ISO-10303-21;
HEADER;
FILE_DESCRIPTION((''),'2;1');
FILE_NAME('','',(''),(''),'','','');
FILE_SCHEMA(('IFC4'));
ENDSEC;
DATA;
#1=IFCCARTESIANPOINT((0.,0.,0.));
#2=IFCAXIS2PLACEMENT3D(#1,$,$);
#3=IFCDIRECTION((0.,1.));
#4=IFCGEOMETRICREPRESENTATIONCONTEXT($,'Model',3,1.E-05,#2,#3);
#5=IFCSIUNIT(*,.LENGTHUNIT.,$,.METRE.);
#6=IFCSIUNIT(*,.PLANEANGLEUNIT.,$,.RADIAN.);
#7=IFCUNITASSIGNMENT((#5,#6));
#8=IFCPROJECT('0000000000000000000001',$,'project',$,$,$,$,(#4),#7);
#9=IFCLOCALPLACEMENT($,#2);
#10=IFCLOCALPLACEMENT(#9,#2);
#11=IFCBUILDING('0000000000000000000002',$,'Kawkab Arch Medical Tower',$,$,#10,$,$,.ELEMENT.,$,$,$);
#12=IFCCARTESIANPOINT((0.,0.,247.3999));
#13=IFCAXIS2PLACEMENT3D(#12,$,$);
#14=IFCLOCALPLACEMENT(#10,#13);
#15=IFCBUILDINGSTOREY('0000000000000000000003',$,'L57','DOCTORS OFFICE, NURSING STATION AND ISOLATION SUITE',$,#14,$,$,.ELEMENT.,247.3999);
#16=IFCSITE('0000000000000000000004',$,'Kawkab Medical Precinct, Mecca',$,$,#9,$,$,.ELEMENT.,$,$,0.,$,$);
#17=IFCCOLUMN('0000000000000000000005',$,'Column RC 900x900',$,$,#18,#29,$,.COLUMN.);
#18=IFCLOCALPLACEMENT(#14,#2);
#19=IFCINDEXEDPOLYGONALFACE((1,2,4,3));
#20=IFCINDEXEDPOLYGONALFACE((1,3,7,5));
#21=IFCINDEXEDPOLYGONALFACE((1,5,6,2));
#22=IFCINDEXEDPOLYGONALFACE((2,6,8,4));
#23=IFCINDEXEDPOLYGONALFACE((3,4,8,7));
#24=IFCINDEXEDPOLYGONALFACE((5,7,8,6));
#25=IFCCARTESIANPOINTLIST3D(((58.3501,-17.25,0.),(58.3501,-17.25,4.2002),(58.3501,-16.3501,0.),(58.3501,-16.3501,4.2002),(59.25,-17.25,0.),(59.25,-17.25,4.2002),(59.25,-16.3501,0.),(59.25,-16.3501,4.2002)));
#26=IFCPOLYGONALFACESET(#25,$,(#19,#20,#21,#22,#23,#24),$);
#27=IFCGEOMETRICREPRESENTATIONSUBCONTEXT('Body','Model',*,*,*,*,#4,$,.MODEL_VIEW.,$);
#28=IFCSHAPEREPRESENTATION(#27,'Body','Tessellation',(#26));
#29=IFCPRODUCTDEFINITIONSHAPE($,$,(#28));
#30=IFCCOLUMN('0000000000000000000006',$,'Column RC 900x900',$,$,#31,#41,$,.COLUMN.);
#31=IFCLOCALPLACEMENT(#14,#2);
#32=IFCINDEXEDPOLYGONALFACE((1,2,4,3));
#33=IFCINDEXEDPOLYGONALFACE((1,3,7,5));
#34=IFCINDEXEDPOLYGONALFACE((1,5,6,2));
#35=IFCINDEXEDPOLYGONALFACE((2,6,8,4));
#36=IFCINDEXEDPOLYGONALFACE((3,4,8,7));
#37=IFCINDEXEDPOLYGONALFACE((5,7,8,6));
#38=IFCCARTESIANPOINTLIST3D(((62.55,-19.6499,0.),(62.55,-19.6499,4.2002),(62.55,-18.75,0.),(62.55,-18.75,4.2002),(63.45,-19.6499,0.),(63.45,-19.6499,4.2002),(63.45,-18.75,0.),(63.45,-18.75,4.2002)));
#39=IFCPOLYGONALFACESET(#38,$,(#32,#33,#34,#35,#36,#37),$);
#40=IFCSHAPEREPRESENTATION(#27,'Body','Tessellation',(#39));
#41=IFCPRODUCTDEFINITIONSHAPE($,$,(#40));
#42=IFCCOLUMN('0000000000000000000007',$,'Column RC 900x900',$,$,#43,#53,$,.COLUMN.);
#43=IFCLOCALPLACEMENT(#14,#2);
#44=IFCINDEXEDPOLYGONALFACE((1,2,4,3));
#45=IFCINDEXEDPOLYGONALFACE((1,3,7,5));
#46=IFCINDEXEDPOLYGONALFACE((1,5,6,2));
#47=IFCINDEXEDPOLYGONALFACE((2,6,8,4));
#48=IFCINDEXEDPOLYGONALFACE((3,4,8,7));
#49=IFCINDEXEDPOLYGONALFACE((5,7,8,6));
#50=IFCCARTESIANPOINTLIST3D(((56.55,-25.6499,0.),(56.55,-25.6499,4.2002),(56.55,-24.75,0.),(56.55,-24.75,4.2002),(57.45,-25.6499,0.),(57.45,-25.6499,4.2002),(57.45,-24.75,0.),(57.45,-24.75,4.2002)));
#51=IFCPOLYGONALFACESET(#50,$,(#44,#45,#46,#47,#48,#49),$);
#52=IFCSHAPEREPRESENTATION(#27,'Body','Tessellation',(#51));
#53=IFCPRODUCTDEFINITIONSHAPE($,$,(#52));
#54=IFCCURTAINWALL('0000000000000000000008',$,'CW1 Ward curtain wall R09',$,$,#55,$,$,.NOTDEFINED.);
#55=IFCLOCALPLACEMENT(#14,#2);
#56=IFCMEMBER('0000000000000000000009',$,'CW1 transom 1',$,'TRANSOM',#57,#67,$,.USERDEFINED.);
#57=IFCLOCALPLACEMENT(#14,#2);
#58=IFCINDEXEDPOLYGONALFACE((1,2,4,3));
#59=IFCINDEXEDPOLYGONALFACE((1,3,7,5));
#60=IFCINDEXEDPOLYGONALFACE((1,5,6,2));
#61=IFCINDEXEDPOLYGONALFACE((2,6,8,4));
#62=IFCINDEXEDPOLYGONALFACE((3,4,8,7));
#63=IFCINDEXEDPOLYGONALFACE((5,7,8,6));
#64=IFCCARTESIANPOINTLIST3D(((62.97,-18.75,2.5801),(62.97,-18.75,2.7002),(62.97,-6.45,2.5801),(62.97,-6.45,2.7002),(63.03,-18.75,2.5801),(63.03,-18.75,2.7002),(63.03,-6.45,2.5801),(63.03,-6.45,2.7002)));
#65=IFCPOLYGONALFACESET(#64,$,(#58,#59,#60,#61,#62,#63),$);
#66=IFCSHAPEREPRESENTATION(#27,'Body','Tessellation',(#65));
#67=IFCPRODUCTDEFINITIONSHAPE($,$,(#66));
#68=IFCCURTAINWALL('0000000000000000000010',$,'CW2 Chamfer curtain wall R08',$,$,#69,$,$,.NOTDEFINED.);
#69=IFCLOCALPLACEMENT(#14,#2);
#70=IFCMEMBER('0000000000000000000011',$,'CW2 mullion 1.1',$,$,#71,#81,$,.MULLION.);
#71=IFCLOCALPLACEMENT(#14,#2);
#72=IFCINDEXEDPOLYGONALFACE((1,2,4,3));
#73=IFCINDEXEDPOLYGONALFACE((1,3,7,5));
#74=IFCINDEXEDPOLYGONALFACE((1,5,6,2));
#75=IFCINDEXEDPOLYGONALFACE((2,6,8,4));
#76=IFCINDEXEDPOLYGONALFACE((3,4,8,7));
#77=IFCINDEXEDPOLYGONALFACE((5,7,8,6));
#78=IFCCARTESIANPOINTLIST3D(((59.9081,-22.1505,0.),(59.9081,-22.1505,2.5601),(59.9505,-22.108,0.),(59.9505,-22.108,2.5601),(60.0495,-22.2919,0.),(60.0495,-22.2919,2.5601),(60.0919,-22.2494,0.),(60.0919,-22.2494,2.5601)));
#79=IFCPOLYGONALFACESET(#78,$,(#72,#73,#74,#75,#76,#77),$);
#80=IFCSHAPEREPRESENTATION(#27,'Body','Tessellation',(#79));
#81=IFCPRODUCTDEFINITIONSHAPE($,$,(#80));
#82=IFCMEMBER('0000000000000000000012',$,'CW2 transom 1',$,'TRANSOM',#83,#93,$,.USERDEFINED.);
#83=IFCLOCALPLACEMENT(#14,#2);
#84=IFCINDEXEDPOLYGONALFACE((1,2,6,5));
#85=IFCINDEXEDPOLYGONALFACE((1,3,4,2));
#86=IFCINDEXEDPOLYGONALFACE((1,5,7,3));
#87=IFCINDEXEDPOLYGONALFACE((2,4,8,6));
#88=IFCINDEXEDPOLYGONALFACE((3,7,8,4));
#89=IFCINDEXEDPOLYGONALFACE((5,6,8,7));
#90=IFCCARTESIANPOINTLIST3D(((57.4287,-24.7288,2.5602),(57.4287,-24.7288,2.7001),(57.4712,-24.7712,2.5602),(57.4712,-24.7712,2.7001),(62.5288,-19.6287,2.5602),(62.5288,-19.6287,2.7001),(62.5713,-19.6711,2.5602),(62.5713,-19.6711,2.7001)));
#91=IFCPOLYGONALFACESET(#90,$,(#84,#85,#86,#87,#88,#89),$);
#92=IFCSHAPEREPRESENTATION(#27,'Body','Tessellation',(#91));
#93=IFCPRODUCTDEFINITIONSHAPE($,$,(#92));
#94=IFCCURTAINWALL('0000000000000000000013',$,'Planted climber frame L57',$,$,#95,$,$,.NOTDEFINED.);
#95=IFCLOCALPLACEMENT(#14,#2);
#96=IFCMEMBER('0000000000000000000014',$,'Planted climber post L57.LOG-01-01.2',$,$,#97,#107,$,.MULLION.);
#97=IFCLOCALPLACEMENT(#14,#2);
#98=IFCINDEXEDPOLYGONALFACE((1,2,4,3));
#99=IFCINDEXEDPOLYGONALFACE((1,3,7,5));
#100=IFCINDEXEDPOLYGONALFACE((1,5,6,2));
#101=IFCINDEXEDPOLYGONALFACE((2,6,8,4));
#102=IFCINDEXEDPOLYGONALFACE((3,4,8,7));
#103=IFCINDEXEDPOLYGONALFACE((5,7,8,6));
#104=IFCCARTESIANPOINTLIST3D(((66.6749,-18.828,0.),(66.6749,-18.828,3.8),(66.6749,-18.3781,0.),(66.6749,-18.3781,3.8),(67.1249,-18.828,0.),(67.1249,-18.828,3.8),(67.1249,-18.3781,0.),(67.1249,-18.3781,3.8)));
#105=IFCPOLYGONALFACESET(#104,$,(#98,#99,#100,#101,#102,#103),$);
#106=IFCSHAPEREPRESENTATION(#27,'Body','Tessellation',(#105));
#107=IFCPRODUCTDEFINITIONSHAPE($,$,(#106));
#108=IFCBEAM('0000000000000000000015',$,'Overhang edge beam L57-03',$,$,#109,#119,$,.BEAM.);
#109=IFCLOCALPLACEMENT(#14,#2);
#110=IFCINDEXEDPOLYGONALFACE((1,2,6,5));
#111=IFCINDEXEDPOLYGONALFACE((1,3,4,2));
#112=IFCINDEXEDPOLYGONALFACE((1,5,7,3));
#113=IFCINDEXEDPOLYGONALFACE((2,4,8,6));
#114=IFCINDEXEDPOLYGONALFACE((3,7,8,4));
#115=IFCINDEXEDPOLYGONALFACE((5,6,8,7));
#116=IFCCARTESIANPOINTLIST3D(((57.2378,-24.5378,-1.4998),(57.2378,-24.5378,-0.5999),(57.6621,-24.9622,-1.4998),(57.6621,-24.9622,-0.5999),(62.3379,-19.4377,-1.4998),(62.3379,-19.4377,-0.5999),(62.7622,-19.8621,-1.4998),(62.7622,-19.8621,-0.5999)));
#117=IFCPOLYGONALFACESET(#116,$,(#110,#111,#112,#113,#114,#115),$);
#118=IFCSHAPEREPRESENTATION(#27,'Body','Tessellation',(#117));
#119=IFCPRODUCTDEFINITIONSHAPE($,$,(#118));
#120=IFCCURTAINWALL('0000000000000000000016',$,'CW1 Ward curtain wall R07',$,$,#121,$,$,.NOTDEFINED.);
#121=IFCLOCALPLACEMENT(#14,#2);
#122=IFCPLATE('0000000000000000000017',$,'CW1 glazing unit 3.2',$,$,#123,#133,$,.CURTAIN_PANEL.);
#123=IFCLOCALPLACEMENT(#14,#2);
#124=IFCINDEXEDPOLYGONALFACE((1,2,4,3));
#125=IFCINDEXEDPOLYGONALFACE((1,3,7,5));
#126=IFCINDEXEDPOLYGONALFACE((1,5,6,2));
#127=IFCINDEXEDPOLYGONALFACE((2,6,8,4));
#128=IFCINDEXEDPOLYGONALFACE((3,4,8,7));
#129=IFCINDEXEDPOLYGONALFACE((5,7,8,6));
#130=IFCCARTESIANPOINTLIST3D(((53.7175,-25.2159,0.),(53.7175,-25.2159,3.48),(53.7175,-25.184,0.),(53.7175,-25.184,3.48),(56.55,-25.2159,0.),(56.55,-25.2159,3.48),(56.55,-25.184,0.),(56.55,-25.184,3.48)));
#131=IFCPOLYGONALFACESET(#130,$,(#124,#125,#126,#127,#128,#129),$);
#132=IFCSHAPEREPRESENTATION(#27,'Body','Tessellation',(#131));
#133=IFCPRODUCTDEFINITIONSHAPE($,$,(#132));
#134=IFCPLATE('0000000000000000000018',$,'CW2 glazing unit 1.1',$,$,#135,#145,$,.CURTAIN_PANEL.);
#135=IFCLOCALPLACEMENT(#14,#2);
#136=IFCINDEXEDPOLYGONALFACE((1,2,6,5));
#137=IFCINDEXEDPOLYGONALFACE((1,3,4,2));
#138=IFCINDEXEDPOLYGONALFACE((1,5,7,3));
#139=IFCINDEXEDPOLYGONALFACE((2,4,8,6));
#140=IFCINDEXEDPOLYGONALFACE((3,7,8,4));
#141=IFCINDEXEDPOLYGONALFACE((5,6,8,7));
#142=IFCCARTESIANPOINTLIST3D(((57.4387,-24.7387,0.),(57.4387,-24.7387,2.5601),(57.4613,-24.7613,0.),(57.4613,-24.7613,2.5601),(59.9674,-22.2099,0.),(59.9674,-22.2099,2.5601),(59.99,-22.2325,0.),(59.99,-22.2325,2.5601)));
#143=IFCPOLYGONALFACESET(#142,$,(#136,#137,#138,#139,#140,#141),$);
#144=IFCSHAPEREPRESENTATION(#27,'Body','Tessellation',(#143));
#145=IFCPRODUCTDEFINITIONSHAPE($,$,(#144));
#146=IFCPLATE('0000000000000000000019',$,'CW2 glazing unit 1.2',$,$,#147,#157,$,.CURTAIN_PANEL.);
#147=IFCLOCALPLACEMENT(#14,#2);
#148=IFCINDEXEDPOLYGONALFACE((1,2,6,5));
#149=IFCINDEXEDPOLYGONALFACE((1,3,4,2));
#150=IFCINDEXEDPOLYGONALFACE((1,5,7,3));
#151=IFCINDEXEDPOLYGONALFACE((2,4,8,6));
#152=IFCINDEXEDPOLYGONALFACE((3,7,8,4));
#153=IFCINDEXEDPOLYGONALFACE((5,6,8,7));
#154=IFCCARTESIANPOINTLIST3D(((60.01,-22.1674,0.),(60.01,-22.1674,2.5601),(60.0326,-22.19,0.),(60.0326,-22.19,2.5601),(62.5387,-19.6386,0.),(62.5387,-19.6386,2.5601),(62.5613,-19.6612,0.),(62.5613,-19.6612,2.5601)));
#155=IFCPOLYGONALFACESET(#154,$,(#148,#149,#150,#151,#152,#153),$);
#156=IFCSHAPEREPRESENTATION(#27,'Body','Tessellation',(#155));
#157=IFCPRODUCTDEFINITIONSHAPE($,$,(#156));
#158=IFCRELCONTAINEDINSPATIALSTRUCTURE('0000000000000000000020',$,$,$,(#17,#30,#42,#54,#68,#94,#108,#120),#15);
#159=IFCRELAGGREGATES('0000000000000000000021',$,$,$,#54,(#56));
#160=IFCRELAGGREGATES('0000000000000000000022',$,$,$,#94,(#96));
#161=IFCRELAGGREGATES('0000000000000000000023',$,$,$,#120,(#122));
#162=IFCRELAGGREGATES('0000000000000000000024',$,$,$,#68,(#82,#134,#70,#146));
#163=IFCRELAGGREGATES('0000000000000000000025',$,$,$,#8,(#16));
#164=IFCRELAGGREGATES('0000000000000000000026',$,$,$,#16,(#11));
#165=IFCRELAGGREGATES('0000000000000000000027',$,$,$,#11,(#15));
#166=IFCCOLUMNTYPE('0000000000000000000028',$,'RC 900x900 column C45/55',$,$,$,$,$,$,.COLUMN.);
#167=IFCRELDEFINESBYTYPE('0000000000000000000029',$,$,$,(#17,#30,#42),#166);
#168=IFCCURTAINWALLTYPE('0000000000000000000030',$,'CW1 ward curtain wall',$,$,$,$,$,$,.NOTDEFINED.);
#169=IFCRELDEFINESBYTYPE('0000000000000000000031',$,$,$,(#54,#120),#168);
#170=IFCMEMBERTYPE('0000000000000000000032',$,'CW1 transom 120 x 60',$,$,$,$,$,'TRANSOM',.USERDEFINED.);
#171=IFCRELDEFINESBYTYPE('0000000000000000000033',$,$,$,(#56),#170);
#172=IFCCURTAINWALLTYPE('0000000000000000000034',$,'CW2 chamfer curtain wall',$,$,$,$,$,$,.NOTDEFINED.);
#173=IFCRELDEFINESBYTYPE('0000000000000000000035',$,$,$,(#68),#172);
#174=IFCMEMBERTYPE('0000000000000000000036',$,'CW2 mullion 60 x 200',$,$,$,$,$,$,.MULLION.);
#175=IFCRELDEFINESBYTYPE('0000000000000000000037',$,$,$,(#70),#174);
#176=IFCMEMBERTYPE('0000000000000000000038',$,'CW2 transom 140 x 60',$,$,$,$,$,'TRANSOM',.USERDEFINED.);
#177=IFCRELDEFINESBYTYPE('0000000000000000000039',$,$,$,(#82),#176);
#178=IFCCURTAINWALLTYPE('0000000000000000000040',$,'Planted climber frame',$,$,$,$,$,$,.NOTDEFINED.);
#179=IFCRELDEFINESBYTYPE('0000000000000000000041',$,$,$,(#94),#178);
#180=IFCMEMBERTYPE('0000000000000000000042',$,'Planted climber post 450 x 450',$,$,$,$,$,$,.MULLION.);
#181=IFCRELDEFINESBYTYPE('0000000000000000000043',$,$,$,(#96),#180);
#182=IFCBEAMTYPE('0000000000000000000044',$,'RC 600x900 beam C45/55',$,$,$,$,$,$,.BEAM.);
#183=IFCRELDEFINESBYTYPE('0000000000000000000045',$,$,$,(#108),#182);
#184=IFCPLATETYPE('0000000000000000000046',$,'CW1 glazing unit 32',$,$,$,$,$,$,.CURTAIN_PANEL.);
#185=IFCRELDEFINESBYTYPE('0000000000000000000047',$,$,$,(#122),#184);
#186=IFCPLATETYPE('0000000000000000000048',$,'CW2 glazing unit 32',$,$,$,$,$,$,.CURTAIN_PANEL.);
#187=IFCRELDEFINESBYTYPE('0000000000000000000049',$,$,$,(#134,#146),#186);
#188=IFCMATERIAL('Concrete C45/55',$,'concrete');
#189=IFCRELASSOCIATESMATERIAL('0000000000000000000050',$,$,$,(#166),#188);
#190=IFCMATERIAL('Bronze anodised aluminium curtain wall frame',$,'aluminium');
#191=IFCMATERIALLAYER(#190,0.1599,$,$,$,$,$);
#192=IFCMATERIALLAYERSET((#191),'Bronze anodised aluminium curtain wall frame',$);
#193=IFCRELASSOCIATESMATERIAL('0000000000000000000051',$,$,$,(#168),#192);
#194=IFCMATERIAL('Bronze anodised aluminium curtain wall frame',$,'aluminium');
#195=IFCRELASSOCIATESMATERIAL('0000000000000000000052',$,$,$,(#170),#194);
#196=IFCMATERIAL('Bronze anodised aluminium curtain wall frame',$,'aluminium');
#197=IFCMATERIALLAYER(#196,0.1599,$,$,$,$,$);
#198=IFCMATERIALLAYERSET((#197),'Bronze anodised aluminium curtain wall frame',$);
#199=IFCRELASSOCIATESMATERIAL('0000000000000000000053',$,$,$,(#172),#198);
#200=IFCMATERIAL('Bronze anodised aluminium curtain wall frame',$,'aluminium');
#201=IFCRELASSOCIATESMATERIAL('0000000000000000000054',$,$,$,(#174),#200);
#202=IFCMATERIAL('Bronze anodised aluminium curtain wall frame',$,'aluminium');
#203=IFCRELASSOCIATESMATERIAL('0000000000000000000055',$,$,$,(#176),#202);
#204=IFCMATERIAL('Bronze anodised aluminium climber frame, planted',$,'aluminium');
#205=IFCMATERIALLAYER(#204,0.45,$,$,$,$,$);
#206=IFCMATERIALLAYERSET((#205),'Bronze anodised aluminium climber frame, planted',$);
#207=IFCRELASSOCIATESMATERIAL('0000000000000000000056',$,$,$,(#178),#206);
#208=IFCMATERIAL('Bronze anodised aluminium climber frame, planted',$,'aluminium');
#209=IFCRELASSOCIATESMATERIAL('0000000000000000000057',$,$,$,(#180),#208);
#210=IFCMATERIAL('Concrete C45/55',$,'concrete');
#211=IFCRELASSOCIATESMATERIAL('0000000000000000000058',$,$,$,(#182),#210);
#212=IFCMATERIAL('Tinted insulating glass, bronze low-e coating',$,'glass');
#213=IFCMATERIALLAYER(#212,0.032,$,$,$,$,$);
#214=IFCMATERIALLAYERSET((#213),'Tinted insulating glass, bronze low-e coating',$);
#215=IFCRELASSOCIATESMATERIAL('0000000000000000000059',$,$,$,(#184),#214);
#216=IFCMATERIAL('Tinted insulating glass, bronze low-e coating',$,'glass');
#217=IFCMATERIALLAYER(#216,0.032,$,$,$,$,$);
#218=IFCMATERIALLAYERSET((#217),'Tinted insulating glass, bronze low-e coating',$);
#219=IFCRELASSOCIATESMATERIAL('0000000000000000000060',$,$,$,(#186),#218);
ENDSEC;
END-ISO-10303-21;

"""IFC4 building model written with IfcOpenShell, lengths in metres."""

from ifc_helpers import new_model, si_unit, direction, frame, origin, origin_2d, place, context, subcontext, project, spatial, rectangle, extrude, material, layer, layer_set, material_profile, profile_set, type_object, element, aggregate, save


model = new_model("IFC4")

# Units and contexts
model_context = context("Model", 3, precision=1e-05, world=origin(), true_north=direction((0.0, 1.0)))
body_context = subcontext(model_context, "Body", "Model", "MODEL_VIEW")
ifc_project = project(units=[si_unit("LENGTHUNIT", "METRE"), si_unit("PLANEANGLEUNIT", "RADIAN")], contexts=[model_context])

# Site, building, storey
site_placement = place(None, origin())
site = spatial("IfcSite", under=ifc_project, at=site_placement, Name="Kawkab Medical Precinct, Mecca", CompositionType="ELEMENT", RefElevation=0.0)
building_placement = place(site_placement, origin())
building = spatial("IfcBuilding", under=site, at=building_placement, Name="Kawkab Arch Medical Tower", CompositionType="ELEMENT")
storey_placement = place(building_placement, frame((0.0, 0.0, 247.3999)))
storey = spatial("IfcBuildingStorey", under=building, at=storey_placement, Name="L57", Description="DOCTORS OFFICE, NURSING STATION AND ISOLATION SUITE", CompositionType="ELEMENT", Elevation=247.3999)

# Columns
ifc_material_1 = material(Name="Concrete C45/55", Category="concrete")
ifc_material_profile_1 = material_profile(ifc_material_1, rectangle(XDim=0.8999, YDim=0.8999, at=origin_2d()), Name="RC 900x900")
ifc_profile_set_1 = profile_set([ifc_material_profile_1], Name="Concrete C45/55")
column_type = type_object("IfcColumnType", Name="RC 900x900 column C45/55", PredefinedType="COLUMN", material=ifc_profile_set_1)
for number, where, z_axis, x_axis, name in (
    (1, (58.8, -16.8, 0.0), (0.0, 0.0, 1.0), (1.0, 0.0, 0.0), "Column RC 900x900"),
    (2, (63.0, -19.2, 0.0), (0.0, 0.0, 1.0), (1.0, 0.0, 0.0), "Column RC 900x900"),
    (3, (57.0, -25.2, 0.0), (0.0, 0.0, 1.0), (1.0, 0.0, 0.0), "Column RC 900x900"),
):
    element("IfcColumn", number, at=place(storey_placement, frame(where, z_axis=z_axis, x_axis=x_axis)), inside=storey, type_object=column_type, Name=name, PredefinedType="COLUMN", context=body_context, shape_type="SweptSolid", body=[
        extrude(rectangle(XDim=0.8999, YDim=0.8999, at=origin_2d()), origin(), (0.0, 0.0, 1.0), 4.2002),
    ])

# Curtain wall, member
ifc_material_2 = material(Name="Bronze anodised aluminium curtain wall frame", Category="aluminium")
ifc_layer_1 = layer(ifc_material_2, 0.1599)
ifc_layer_set_1 = layer_set([ifc_layer_1], Name="Bronze anodised aluminium curtain wall frame")
curtain_wall_type_1 = type_object("IfcCurtainWallType", Name="CW1 ward curtain wall", PredefinedType="NOTDEFINED", material=ifc_layer_set_1)
placement = place(storey_placement, origin())
curtain_wall_1 = element("IfcCurtainWall", 4, at=placement, inside=storey, type_object=curtain_wall_type_1, Name="CW1 Ward curtain wall R09", PredefinedType="NOTDEFINED")
ifc_material_3 = material(Name="Bronze anodised aluminium curtain wall frame", Category="aluminium")
ifc_material_profile_2 = material_profile(ifc_material_3, rectangle(XDim=0.0601, YDim=0.1201, at=origin_2d()), Name="AL 60x120")
ifc_profile_set_2 = profile_set([ifc_material_profile_2], Name="Bronze anodised aluminium curtain wall frame")
member_type_1 = type_object("IfcMemberType", Name="CW1 transom 120 x 60", ElementType="TRANSOM", PredefinedType="USERDEFINED", material=ifc_profile_set_2)
member_1_placement = place(storey_placement, frame((63.0, -18.75, 2.6401), z_axis=(0.0, 1.0, 0.0), x_axis=(-1.0, 0.0, 0.0)))
member_1 = element("IfcMember", 5, at=member_1_placement, type_object=member_type_1, Name="CW1 transom 1", ObjectType="TRANSOM", PredefinedType="USERDEFINED", context=body_context, shape_type="SweptSolid", body=[
    extrude(rectangle(XDim=0.0601, YDim=0.1201, at=origin_2d()), origin(), (0.0, 0.0, 1.0), 12.3),
])
aggregate(curtain_wall_1, [member_1])

# Curtain wall, members
ifc_material_4 = material(Name="Bronze anodised aluminium curtain wall frame", Category="aluminium")
ifc_layer_2 = layer(ifc_material_4, 0.1599)
ifc_layer_set_2 = layer_set([ifc_layer_2], Name="Bronze anodised aluminium curtain wall frame")
curtain_wall_type_2 = type_object("IfcCurtainWallType", Name="CW2 chamfer curtain wall", PredefinedType="NOTDEFINED", material=ifc_layer_set_2)
curtain_wall_2 = element("IfcCurtainWall", 6, at=placement, inside=storey, type_object=curtain_wall_type_2, Name="CW2 Chamfer curtain wall R08", PredefinedType="NOTDEFINED")
ifc_material_5 = material(Name="Bronze anodised aluminium curtain wall frame", Category="aluminium")
ifc_material_profile_3 = material_profile(ifc_material_5, rectangle(XDim=0.2, YDim=0.0601, at=origin_2d()), Name="AL 60x200")
ifc_profile_set_3 = profile_set([ifc_material_profile_3], Name="Bronze anodised aluminium curtain wall frame")
member_type_2 = type_object("IfcMemberType", Name="CW2 mullion 60 x 200", PredefinedType="MULLION", material=ifc_profile_set_3)
member_2_placement = place(storey_placement, frame((60.0, -22.2, 0.0), z_axis=(0.0, 0.0, 1.0), x_axis=(-0.707107, 0.707107, 0.0)))
member_2 = element("IfcMember", 7, at=member_2_placement, type_object=member_type_2, Name="CW2 mullion 1.1", PredefinedType="MULLION", context=body_context, shape_type="SweptSolid", body=[
    extrude(rectangle(XDim=0.2, YDim=0.0601, at=origin_2d()), origin(), (0.0, 0.0, 1.0), 2.5601),
])
ifc_material_6 = material(Name="Bronze anodised aluminium curtain wall frame", Category="aluminium")
ifc_material_profile_4 = material_profile(ifc_material_6, rectangle(XDim=0.0601, YDim=0.1399, at=origin_2d()), Name="AL 60x140")
ifc_profile_set_4 = profile_set([ifc_material_profile_4], Name="Bronze anodised aluminium curtain wall frame")
member_type_3 = type_object("IfcMemberType", Name="CW2 transom 140 x 60", ElementType="TRANSOM", PredefinedType="USERDEFINED", material=ifc_profile_set_4)
member_3_placement = place(storey_placement, frame((57.45, -24.75, 2.6301), z_axis=(0.707107, 0.707107, 0.0), x_axis=(-0.707107, 0.707107, 0.0)))
member_3 = element("IfcMember", 8, at=member_3_placement, type_object=member_type_3, Name="CW2 transom 1", ObjectType="TRANSOM", PredefinedType="USERDEFINED", context=body_context, shape_type="SweptSolid", body=[
    extrude(rectangle(XDim=0.0601, YDim=0.1399, at=origin_2d()), origin(), (0.0, 0.0, 1.0), 7.2126),
])

# Curtain wall, member
ifc_material_7 = material(Name="Bronze anodised aluminium climber frame, planted", Category="aluminium")
ifc_layer_3 = layer(ifc_material_7, 0.45)
ifc_layer_set_3 = layer_set([ifc_layer_3], Name="Bronze anodised aluminium climber frame, planted")
curtain_wall_type_3 = type_object("IfcCurtainWallType", Name="Planted climber frame", PredefinedType="NOTDEFINED", material=ifc_layer_set_3)
curtain_wall_3 = element("IfcCurtainWall", 9, at=placement, inside=storey, type_object=curtain_wall_type_3, Name="Planted climber frame L57", PredefinedType="NOTDEFINED")
ifc_material_8 = material(Name="Bronze anodised aluminium climber frame, planted", Category="aluminium")
ifc_material_profile_5 = material_profile(ifc_material_8, rectangle(XDim=0.45, YDim=0.45, at=origin_2d()), Name="Post 450x450")
ifc_profile_set_5 = profile_set([ifc_material_profile_5], Name="Bronze anodised aluminium climber frame, planted")
member_type_4 = type_object("IfcMemberType", Name="Planted climber post 450 x 450", PredefinedType="MULLION", material=ifc_profile_set_5)
member_4_placement = place(storey_placement, frame((66.8999, -18.603, 0.0), z_axis=(0.0, 0.0, 1.0), x_axis=(1.0, 0.0, 0.0)))
member_4 = element("IfcMember", 10, at=member_4_placement, type_object=member_type_4, Name="Planted climber post L57.LOG-01-01.2", PredefinedType="MULLION", context=body_context, shape_type="SweptSolid", body=[
    extrude(rectangle(XDim=0.45, YDim=0.45, at=origin_2d()), origin(), (0.0, 0.0, 1.0), 3.8),
])
aggregate(curtain_wall_3, [member_4])

# Beam
ifc_material_9 = material(Name="Concrete C45/55", Category="concrete")
ifc_material_profile_6 = material_profile(ifc_material_9, rectangle(XDim=0.6001, YDim=0.8999, at=origin_2d()), Name="RC 600x900")
ifc_profile_set_6 = profile_set([ifc_material_profile_6], Name="Concrete C45/55")
beam_type = type_object("IfcBeamType", Name="RC 600x900 beam C45/55", PredefinedType="BEAM", material=ifc_profile_set_6)
beam_placement = place(storey_placement, frame((62.55, -19.6499, -1.0498), z_axis=(-0.707107, -0.707107, 0.0), x_axis=(0.707107, -0.707107, 0.0)))
element("IfcBeam", 11, at=beam_placement, inside=storey, type_object=beam_type, Name="Overhang edge beam L57-03", PredefinedType="BEAM", context=body_context, shape_type="SweptSolid", body=[
    extrude(rectangle(XDim=0.6001, YDim=0.8999, at=origin_2d()), origin(), (0.0, 0.0, 1.0), 7.2126),
])

# Curtain wall, plate
curtain_wall_4 = element("IfcCurtainWall", 12, at=placement, inside=storey, type_object=curtain_wall_type_1, Name="CW1 Ward curtain wall R07", PredefinedType="NOTDEFINED")
ifc_material_10 = material(Name="Tinted insulating glass, bronze low-e coating", Category="glass")
ifc_layer_4 = layer(ifc_material_10, 0.032)
ifc_layer_set_4 = layer_set([ifc_layer_4], Name="Tinted insulating glass, bronze low-e coating")
plate_type_1 = type_object("IfcPlateType", Name="CW1 glazing unit 32", PredefinedType="CURTAIN_PANEL", material=ifc_layer_set_4)
plate_1_placement = place(storey_placement, frame((55.1338, -25.2, 0.0), z_axis=(0.0, 0.0, 1.0), x_axis=(1.0, 0.0, 0.0)))
plate_1 = element("IfcPlate", 13, at=plate_1_placement, type_object=plate_type_1, Name="CW1 glazing unit 3.2", PredefinedType="CURTAIN_PANEL", context=body_context, shape_type="SweptSolid", body=[
    extrude(rectangle(XDim=2.8325, YDim=0.032, at=origin_2d()), origin(), (0.0, 0.0, 1.0), 3.48),
])
aggregate(curtain_wall_4, [plate_1])

# Plates
ifc_material_11 = material(Name="Tinted insulating glass, bronze low-e coating", Category="glass")
ifc_layer_5 = layer(ifc_material_11, 0.032)
ifc_layer_set_5 = layer_set([ifc_layer_5], Name="Tinted insulating glass, bronze low-e coating")
plate_type_2 = type_object("IfcPlateType", Name="CW2 glazing unit 32", PredefinedType="CURTAIN_PANEL", material=ifc_layer_set_5)
plate_2_placement = place(storey_placement, frame((58.7144, -23.4856, 0.0), z_axis=(0.0, 0.0, 1.0), x_axis=(0.707107, 0.707107, 0.0)))
plate_2 = element("IfcPlate", 14, at=plate_2_placement, type_object=plate_type_2, Name="CW2 glazing unit 1.1", PredefinedType="CURTAIN_PANEL", context=body_context, shape_type="SweptSolid", body=[
    extrude(rectangle(XDim=3.5762, YDim=0.032, at=origin_2d()), origin(), (0.0, 0.0, 1.0), 2.5601),
])
plate_3_placement = place(storey_placement, frame((61.2856, -20.9143, 0.0), z_axis=(0.0, 0.0, 1.0), x_axis=(0.707107, 0.707107, 0.0)))
plate_3 = element("IfcPlate", 15, at=plate_3_placement, type_object=plate_type_2, Name="CW2 glazing unit 1.2", PredefinedType="CURTAIN_PANEL", context=body_context, shape_type="SweptSolid", body=[
    extrude(rectangle(XDim=3.5762, YDim=0.032, at=origin_2d()), origin(), (0.0, 0.0, 1.0), 2.5601),
])
aggregate(curtain_wall_2, [member_3, plate_2, member_2, plate_3])

save(model, "model.ifc")
